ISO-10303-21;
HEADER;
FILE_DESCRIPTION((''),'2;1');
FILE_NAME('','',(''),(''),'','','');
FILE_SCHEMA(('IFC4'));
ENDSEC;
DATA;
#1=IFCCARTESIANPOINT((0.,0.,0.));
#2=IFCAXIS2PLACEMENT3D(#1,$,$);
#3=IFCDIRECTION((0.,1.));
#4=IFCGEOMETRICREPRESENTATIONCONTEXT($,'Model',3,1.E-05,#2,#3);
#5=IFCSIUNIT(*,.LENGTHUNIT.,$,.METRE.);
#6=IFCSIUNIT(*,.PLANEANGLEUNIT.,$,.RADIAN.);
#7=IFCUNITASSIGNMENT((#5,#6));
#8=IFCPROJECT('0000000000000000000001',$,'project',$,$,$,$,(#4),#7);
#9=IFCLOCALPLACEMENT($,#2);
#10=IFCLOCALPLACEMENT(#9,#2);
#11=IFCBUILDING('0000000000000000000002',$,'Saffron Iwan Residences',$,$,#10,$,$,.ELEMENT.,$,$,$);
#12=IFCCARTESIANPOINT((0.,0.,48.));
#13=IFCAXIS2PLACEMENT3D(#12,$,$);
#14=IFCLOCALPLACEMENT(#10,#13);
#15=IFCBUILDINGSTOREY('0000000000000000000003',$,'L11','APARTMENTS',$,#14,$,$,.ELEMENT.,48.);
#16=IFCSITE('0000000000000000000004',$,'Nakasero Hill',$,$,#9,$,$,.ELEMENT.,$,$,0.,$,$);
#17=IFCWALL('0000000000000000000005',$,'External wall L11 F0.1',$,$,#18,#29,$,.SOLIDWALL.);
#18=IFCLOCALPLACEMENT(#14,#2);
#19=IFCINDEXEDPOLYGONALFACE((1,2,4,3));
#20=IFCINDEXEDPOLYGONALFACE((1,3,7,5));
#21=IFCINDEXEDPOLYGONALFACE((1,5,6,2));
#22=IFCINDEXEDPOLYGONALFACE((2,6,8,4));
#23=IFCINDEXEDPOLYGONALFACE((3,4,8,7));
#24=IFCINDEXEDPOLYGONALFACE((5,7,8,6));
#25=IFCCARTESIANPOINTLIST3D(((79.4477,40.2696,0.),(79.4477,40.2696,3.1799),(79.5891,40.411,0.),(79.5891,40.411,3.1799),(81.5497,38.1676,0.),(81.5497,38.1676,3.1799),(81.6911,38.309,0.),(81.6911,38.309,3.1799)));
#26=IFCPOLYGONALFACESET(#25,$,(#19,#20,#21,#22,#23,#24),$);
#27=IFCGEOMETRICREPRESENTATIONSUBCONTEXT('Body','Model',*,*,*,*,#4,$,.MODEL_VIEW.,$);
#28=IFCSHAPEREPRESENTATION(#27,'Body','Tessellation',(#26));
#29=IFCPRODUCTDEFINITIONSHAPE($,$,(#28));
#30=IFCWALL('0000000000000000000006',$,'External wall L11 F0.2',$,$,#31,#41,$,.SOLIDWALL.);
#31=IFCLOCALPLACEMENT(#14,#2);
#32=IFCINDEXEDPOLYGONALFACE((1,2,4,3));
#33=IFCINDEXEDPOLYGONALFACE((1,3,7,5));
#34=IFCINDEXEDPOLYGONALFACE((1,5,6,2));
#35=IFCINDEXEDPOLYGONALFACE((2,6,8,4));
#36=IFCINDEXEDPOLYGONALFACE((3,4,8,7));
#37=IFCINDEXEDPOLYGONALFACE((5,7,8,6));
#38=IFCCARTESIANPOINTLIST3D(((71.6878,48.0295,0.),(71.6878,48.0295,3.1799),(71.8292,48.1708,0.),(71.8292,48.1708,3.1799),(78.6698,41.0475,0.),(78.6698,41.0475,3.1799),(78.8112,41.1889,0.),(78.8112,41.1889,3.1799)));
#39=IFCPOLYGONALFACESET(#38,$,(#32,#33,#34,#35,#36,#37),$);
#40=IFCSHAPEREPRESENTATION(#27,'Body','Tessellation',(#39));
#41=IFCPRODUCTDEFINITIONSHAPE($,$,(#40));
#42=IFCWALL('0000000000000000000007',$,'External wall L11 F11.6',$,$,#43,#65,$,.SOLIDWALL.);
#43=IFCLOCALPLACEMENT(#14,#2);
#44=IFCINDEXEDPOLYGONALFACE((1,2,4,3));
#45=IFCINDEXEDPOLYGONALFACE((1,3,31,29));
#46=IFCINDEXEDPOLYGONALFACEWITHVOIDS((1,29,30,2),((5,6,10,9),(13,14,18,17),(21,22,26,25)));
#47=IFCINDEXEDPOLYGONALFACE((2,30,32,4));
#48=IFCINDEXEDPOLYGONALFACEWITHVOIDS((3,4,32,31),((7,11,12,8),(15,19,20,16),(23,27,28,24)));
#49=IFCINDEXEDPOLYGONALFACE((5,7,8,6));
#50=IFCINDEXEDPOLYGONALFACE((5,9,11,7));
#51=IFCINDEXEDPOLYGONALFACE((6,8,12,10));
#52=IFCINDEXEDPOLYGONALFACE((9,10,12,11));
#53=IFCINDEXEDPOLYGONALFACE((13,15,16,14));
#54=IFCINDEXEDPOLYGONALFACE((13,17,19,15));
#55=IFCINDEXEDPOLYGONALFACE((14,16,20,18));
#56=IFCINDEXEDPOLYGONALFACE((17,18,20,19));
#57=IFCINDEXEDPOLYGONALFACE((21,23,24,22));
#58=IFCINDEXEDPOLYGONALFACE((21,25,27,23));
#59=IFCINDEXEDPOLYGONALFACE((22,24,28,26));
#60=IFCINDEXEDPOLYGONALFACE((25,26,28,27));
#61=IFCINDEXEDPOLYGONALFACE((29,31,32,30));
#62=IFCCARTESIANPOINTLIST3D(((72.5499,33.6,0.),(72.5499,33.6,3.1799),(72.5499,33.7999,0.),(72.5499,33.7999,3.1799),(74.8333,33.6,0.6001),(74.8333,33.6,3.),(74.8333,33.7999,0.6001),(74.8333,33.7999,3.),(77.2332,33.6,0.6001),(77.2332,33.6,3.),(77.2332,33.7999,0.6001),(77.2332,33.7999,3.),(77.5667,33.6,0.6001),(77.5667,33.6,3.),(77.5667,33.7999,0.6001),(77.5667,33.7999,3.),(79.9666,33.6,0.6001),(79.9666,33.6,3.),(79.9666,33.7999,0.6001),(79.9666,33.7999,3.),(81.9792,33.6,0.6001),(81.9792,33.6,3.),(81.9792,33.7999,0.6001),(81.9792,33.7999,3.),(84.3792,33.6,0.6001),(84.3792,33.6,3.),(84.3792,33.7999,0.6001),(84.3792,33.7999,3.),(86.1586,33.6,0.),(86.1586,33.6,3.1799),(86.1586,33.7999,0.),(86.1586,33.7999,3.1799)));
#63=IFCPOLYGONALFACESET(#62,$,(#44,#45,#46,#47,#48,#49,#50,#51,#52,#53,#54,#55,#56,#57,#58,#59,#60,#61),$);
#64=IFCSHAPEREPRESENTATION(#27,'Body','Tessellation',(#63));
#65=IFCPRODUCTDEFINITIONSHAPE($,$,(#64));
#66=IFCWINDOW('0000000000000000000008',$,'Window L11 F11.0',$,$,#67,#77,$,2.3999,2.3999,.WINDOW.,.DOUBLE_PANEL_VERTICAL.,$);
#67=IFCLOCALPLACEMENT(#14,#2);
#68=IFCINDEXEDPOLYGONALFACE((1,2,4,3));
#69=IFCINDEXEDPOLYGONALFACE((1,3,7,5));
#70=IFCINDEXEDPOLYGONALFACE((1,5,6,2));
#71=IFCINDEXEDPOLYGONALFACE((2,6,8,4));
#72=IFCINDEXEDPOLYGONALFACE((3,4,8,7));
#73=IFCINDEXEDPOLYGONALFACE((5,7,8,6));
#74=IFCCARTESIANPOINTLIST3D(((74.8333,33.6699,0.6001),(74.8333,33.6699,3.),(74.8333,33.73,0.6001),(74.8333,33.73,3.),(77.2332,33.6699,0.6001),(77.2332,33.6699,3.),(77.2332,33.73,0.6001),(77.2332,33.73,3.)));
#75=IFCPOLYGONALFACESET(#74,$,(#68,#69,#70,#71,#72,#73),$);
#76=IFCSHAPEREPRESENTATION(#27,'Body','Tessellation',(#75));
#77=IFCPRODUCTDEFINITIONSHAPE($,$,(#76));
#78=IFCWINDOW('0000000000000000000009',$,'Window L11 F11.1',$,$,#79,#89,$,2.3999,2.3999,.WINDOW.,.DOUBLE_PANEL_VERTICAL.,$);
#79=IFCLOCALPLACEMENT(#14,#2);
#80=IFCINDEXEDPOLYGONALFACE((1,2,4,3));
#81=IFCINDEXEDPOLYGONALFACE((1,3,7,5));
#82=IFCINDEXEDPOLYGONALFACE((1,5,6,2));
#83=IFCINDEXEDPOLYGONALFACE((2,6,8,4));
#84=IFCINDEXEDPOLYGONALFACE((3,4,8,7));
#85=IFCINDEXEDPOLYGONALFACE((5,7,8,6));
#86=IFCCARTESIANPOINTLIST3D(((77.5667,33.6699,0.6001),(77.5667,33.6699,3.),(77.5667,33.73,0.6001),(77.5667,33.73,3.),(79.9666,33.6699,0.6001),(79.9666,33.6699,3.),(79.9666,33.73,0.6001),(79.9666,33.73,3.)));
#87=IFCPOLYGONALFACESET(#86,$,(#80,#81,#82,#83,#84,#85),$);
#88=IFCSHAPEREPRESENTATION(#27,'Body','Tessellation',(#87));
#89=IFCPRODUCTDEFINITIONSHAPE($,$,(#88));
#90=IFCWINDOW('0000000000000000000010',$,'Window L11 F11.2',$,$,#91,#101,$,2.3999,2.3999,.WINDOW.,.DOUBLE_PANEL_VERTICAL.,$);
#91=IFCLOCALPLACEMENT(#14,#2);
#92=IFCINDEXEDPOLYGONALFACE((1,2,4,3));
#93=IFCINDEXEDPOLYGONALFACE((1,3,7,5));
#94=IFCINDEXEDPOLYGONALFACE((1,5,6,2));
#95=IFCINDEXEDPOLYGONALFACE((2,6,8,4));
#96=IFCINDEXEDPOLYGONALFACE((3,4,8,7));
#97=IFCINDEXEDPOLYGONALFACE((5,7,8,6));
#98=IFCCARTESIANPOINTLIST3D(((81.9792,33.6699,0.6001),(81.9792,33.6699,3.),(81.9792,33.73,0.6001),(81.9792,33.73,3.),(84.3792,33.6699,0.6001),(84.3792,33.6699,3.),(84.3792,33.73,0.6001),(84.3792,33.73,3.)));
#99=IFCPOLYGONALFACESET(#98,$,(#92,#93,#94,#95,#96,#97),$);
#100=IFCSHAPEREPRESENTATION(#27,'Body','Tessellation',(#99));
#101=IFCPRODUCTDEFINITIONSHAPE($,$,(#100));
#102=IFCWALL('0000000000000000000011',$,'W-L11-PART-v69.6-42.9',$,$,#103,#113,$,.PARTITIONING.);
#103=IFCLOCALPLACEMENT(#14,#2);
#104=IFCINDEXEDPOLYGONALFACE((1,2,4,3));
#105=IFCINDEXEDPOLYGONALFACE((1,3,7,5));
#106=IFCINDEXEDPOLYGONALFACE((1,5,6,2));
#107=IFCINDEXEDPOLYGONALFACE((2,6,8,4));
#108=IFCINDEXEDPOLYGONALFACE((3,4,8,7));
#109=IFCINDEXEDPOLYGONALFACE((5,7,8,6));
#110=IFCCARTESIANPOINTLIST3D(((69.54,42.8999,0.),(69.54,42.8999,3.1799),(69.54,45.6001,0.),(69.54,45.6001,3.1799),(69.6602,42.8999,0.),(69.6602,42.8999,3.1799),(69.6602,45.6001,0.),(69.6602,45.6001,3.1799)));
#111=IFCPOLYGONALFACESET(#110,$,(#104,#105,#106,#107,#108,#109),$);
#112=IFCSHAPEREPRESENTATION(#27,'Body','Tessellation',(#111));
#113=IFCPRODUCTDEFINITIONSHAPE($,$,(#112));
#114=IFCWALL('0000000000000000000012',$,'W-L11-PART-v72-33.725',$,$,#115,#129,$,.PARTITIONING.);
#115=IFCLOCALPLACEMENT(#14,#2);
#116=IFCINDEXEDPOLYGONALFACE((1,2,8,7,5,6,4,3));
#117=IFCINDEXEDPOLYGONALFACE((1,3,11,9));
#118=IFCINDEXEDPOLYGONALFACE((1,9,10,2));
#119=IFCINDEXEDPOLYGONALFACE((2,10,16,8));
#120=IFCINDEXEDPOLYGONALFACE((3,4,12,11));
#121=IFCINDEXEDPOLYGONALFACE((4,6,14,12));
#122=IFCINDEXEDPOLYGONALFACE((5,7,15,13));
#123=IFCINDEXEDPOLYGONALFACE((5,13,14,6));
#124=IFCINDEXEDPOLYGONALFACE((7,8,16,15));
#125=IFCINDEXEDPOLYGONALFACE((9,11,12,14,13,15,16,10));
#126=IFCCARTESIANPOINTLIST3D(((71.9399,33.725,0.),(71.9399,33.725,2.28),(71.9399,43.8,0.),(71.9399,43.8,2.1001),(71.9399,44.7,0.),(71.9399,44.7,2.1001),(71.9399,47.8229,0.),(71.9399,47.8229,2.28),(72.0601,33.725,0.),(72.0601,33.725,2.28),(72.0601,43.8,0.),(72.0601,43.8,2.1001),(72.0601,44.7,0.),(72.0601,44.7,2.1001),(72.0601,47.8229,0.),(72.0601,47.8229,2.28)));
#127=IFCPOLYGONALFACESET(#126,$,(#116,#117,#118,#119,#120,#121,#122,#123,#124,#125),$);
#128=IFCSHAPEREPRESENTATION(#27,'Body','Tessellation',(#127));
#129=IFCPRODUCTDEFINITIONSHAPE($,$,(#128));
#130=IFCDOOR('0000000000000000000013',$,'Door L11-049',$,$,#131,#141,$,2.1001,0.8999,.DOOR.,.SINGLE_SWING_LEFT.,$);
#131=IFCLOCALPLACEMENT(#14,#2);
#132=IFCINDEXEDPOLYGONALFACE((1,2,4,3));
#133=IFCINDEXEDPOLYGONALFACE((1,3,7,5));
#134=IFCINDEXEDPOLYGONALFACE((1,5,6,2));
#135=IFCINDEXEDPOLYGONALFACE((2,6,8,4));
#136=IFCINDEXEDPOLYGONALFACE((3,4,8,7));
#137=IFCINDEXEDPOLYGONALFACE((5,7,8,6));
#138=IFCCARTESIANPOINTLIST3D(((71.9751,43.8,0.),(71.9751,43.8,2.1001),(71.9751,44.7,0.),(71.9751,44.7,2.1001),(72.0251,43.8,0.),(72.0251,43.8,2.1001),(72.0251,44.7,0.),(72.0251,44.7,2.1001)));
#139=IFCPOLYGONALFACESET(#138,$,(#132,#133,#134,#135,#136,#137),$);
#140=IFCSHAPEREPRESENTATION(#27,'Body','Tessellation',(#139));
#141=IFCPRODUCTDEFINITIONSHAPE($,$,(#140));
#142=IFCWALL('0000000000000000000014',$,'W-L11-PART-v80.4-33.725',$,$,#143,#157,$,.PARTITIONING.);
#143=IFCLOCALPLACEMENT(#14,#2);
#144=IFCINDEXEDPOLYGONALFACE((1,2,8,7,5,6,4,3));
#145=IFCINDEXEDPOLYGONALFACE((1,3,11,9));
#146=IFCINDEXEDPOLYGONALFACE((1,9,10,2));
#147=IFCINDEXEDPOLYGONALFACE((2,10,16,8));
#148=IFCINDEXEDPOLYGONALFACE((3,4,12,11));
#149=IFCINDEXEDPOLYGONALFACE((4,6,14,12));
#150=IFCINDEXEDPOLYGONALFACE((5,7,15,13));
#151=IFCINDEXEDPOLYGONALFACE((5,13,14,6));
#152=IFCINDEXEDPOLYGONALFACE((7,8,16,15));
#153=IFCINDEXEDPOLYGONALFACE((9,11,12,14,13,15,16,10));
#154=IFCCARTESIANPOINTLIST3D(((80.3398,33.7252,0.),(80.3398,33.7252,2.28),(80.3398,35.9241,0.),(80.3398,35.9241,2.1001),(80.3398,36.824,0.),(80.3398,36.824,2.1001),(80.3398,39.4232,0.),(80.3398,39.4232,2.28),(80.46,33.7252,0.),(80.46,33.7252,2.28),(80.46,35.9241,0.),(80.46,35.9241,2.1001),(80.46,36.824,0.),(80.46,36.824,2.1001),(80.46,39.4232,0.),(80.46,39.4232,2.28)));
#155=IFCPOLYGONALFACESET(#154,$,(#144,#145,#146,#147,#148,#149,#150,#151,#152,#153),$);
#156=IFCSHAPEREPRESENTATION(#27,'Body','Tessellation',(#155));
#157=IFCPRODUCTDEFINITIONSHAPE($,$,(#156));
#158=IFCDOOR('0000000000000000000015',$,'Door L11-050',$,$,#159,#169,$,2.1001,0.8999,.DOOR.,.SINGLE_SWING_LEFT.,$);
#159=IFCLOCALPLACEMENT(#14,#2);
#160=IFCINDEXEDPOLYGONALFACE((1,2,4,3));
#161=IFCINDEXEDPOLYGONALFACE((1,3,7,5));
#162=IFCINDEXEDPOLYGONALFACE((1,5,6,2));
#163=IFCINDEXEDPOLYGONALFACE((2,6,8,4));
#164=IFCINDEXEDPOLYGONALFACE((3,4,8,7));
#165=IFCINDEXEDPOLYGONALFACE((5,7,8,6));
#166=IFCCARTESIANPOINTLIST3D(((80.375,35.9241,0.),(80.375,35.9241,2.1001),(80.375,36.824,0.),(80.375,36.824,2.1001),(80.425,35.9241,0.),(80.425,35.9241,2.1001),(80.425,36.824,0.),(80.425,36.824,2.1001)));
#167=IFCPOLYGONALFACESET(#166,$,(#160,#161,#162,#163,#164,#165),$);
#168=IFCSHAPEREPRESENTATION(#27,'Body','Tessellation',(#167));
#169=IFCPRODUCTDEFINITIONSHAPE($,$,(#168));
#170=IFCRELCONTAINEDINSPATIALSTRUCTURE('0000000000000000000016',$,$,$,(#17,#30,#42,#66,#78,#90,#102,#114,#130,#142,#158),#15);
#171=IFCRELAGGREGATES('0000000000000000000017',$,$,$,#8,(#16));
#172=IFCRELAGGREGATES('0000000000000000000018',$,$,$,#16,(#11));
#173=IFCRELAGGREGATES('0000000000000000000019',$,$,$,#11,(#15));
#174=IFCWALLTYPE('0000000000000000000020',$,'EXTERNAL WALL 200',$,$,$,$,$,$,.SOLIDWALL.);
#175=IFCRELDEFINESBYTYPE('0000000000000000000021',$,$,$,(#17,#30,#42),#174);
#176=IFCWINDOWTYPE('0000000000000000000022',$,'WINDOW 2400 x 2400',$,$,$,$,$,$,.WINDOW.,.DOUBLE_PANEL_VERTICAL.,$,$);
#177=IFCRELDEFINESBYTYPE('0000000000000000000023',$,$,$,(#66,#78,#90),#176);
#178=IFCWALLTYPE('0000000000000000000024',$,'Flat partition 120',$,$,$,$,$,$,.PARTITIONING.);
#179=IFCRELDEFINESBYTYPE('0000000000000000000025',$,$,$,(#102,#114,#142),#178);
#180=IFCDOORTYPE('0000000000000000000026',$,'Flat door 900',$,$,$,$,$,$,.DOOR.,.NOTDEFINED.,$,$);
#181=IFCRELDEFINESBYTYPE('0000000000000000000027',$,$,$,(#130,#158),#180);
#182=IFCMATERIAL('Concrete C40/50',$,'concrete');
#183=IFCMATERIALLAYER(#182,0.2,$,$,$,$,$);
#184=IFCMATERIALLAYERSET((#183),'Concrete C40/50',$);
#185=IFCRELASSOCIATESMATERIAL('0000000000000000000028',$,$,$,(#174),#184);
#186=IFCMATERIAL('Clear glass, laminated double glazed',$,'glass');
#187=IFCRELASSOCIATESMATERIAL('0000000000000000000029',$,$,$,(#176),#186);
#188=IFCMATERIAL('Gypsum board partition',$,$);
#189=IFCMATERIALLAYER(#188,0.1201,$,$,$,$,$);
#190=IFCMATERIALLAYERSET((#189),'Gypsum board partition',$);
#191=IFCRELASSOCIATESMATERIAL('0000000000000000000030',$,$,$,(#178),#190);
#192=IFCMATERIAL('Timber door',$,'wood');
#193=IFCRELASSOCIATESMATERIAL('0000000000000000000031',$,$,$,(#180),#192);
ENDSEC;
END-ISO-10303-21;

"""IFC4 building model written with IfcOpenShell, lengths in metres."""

from ifc_helpers import new_model, si_unit, direction, frame, frame_2d, origin, place, context, subcontext, project, spatial, rectangle, extrude, material, layer, layer_set, type_object, element, fill, save


model = new_model("IFC4")

# Units and contexts
model_context = context("Model", 3, precision=1e-05, world=origin(), true_north=direction((0.0, 1.0)))
body_context = subcontext(model_context, "Body", "Model", "MODEL_VIEW")
ifc_project = project(units=[si_unit("LENGTHUNIT", "METRE"), si_unit("PLANEANGLEUNIT", "RADIAN")], contexts=[model_context])

# Site, building, storey
site_placement = place(None, origin())
site = spatial("IfcSite", under=ifc_project, at=site_placement, Name="Nakasero Hill", CompositionType="ELEMENT", RefElevation=0.0)
building_placement = place(site_placement, origin())
building = spatial("IfcBuilding", under=site, at=building_placement, Name="Saffron Iwan Residences", CompositionType="ELEMENT")
storey_placement = place(building_placement, frame((0.0, 0.0, 48.0)))
storey = spatial("IfcBuildingStorey", under=building, at=storey_placement, Name="L11", Description="APARTMENTS", CompositionType="ELEMENT", Elevation=48.0)

# Walls
ifc_material_1 = material(Name="Concrete C40/50", Category="concrete")
ifc_layer_1 = layer(ifc_material_1, 0.2)
ifc_layer_set_1 = layer_set([ifc_layer_1], Name="Concrete C40/50")
wall_type_1 = type_object("IfcWallType", Name="EXTERNAL WALL 200", PredefinedType="SOLIDWALL", material=ifc_layer_set_1)
wall_1_placement = place(storey_placement, frame((81.6204, 38.2383, 0.0), z_axis=(0.0, 0.0, 1.0), x_axis=(-0.707107, 0.707107, 0.0)))
element("IfcWall", 1, at=wall_1_placement, inside=storey, type_object=wall_type_1, Name="External wall L11 F0.1", PredefinedType="SOLIDWALL", context=body_context, shape_type="SweptSolid", body=[
    extrude(rectangle(XDim=2.9727, YDim=0.2, at=frame_2d((1.4863, 0.0))), origin(), (0.0, 0.0, 1.0), 3.1799),
])
wall_2_placement = place(storey_placement, frame((78.7405, 41.1182, 0.0), z_axis=(0.0, 0.0, 1.0), x_axis=(-0.707107, 0.707107, 0.0)))
element("IfcWall", 2, at=wall_2_placement, inside=storey, type_object=wall_type_1, Name="External wall L11 F0.2", PredefinedType="SOLIDWALL", context=body_context, shape_type="SweptSolid", body=[
    extrude(rectangle(XDim=9.874, YDim=0.2, at=frame_2d((4.937, 0.0))), origin(), (0.0, 0.0, 1.0), 3.1799),
])

# Wall, openings, windows
wall_3_placement = place(storey_placement, frame((72.55, 33.7, 0.0), z_axis=(0.0, 0.0, 1.0), x_axis=(1.0, 0.0, 0.0)))
wall_3 = element("IfcWall", 3, at=wall_3_placement, inside=storey, type_object=wall_type_1, Name="External wall L11 F11.6", PredefinedType="SOLIDWALL", context=body_context, shape_type="SweptSolid", body=[
    extrude(rectangle(XDim=13.6086, YDim=0.2, at=frame_2d((6.8042, 0.0))), origin(), (0.0, 0.0, 1.0), 3.1799),
])
opening_1_placement = place(wall_3_placement, frame((2.2832, 0.0, 0.6001)))
opening_1 = element("IfcOpeningElement", 4, at=opening_1_placement, cuts=wall_3, PredefinedType="OPENING", context=body_context, shape_type="SweptSolid", body=[
    extrude(rectangle(XDim=2.3999, YDim=2.3999, at=frame_2d((1.2, 1.2))), frame((0.0, 0.1099, 0.0), z_axis=(0.0, -1.0, 0.0), x_axis=(1.0, 0.0, 0.0)), (0.0, 0.0, 1.0), 0.22),
])
opening_2_placement = place(wall_3_placement, frame((5.0166, 0.0, 0.6001)))
opening_2 = element("IfcOpeningElement", 5, at=opening_2_placement, cuts=wall_3, PredefinedType="OPENING", context=body_context, shape_type="SweptSolid", body=[
    extrude(rectangle(XDim=2.3999, YDim=2.3999, at=frame_2d((1.2, 1.2))), frame((0.0, 0.1099, 0.0), z_axis=(0.0, -1.0, 0.0), x_axis=(1.0, 0.0, 0.0)), (0.0, 0.0, 1.0), 0.22),
])
opening_3_placement = place(wall_3_placement, frame((9.4292, 0.0, 0.6001)))
opening_3 = element("IfcOpeningElement", 6, at=opening_3_placement, cuts=wall_3, PredefinedType="OPENING", context=body_context, shape_type="SweptSolid", body=[
    extrude(rectangle(XDim=2.3999, YDim=2.3999, at=frame_2d((1.2, 1.2))), frame((0.0, 0.1099, 0.0), z_axis=(0.0, -1.0, 0.0), x_axis=(1.0, 0.0, 0.0)), (0.0, 0.0, 1.0), 0.22),
])
ifc_material_2 = material(Name="Clear glass, laminated double glazed", Category="glass")
window_type = type_object("IfcWindowType", Name="WINDOW 2400 x 2400", PartitioningType="DOUBLE_PANEL_VERTICAL", PredefinedType="WINDOW", material=ifc_material_2)
window_1_placement = place(opening_1_placement, origin())
window_1 = element("IfcWindow", 7, at=window_1_placement, inside=storey, type_object=window_type, Name="Window L11 F11.0", OverallHeight=2.3999, OverallWidth=2.3999, PartitioningType="DOUBLE_PANEL_VERTICAL", PredefinedType="WINDOW", context=body_context, shape_type="SweptSolid", body=[
    extrude(rectangle(XDim=2.3999, YDim=2.3999, at=frame_2d((1.2, 1.2))), frame((0.0, 0.03, 0.0), z_axis=(0.0, -1.0, 0.0), x_axis=(1.0, 0.0, 0.0)), (0.0, 0.0, 1.0), 0.0601),
])
fill(opening_1, window_1)
window_2_placement = place(opening_2_placement, origin())
window_2 = element("IfcWindow", 8, at=window_2_placement, inside=storey, type_object=window_type, Name="Window L11 F11.1", OverallHeight=2.3999, OverallWidth=2.3999, PartitioningType="DOUBLE_PANEL_VERTICAL", PredefinedType="WINDOW", context=body_context, shape_type="SweptSolid", body=[
    extrude(rectangle(XDim=2.3999, YDim=2.3999, at=frame_2d((1.2, 1.2))), frame((0.0, 0.03, 0.0), z_axis=(0.0, -1.0, 0.0), x_axis=(1.0, 0.0, 0.0)), (0.0, 0.0, 1.0), 0.0601),
])
fill(opening_2, window_2)
window_3_placement = place(opening_3_placement, origin())
window_3 = element("IfcWindow", 9, at=window_3_placement, inside=storey, type_object=window_type, Name="Window L11 F11.2", OverallHeight=2.3999, OverallWidth=2.3999, PartitioningType="DOUBLE_PANEL_VERTICAL", PredefinedType="WINDOW", context=body_context, shape_type="SweptSolid", body=[
    extrude(rectangle(XDim=2.3999, YDim=2.3999, at=frame_2d((1.2, 1.2))), frame((0.0, 0.03, 0.0), z_axis=(0.0, -1.0, 0.0), x_axis=(1.0, 0.0, 0.0)), (0.0, 0.0, 1.0), 0.0601),
])
fill(opening_3, window_3)

# Wall
ifc_material_3 = material(Name="Gypsum board partition")
ifc_layer_2 = layer(ifc_material_3, 0.1201)
ifc_layer_set_2 = layer_set([ifc_layer_2], Name="Gypsum board partition")
wall_type_2 = type_object("IfcWallType", Name="Flat partition 120", PredefinedType="PARTITIONING", material=ifc_layer_set_2)
wall_4_placement = place(storey_placement, frame((69.6001, 42.8999, 0.0), z_axis=(0.0, 0.0, 1.0), x_axis=(0.0, 1.0, 0.0)))
element("IfcWall", 10, at=wall_4_placement, inside=storey, type_object=wall_type_2, Name="W-L11-PART-v69.6-42.9", PredefinedType="PARTITIONING", context=body_context, shape_type="SweptSolid", body=[
    extrude(rectangle(XDim=2.7002, YDim=0.1201, at=frame_2d((1.3501, 0.0))), origin(), (0.0, 0.0, 1.0), 3.1799),
])

# Walls, openings, doors
wall_5_placement = place(storey_placement, frame((72.0, 33.7251, 0.0), z_axis=(0.0, 0.0, 1.0), x_axis=(0.0, 1.0, 0.0)))
wall_5 = element("IfcWall", 11, at=wall_5_placement, inside=storey, type_object=wall_type_2, Name="W-L11-PART-v72-33.725", PredefinedType="PARTITIONING", context=body_context, shape_type="SweptSolid", body=[
    extrude(rectangle(XDim=14.0979, YDim=0.1201, at=frame_2d((7.0488, 0.0))), origin(), (0.0, 0.0, 1.0), 2.28),
])
opening_4_placement = place(wall_5_placement, frame((10.075, 0.0, 0.0)))
opening_4 = element("IfcOpeningElement", 12, at=opening_4_placement, cuts=wall_5, PredefinedType="OPENING", context=body_context, shape_type="SweptSolid", body=[
    extrude(rectangle(XDim=0.8999, YDim=2.1001, at=frame_2d((0.45, 1.05))), frame((0.0, 0.0701, 0.0), z_axis=(0.0, -1.0, 0.0), x_axis=(1.0, 0.0, 0.0)), (0.0, 0.0, 1.0), 0.1401),
])
ifc_material_4 = material(Name="Timber door", Category="wood")
door_type = type_object("IfcDoorType", Name="Flat door 900", OperationType="NOTDEFINED", PredefinedType="DOOR", material=ifc_material_4)
door_1_placement = place(opening_4_placement, origin())
door_1 = element("IfcDoor", 13, at=door_1_placement, inside=storey, type_object=door_type, Name="Door L11-049", OperationType="SINGLE_SWING_LEFT", OverallHeight=2.1001, OverallWidth=0.8999, PredefinedType="DOOR", context=body_context, shape_type="SweptSolid", body=[
    extrude(rectangle(XDim=0.8999, YDim=2.1001, at=frame_2d((0.45, 1.05))), frame((0.0, 0.0249, 0.0), z_axis=(0.0, -1.0, 0.0), x_axis=(1.0, 0.0, 0.0)), (0.0, 0.0, 1.0), 0.05),
])
fill(opening_4, door_1)
wall_6_placement = place(storey_placement, frame((80.3999, 33.7251, 0.0), z_axis=(0.0, 0.0, 1.0), x_axis=(0.0, 1.0, 0.0)))
wall_6 = element("IfcWall", 14, at=wall_6_placement, inside=storey, type_object=wall_type_2, Name="W-L11-PART-v80.4-33.725", PredefinedType="PARTITIONING", context=body_context, shape_type="SweptSolid", body=[
    extrude(rectangle(XDim=5.698, YDim=0.1201, at=frame_2d((2.8491, 0.0))), origin(), (0.0, 0.0, 1.0), 2.28),
])
opening_5_placement = place(wall_6_placement, frame((2.199, 0.0, 0.0)))
opening_5 = element("IfcOpeningElement", 15, at=opening_5_placement, cuts=wall_6, PredefinedType="OPENING", context=body_context, shape_type="SweptSolid", body=[
    extrude(rectangle(XDim=0.8999, YDim=2.1001, at=frame_2d((0.45, 1.05))), frame((0.0, 0.0701, 0.0), z_axis=(0.0, -1.0, 0.0), x_axis=(1.0, 0.0, 0.0)), (0.0, 0.0, 1.0), 0.1401),
])
door_2_placement = place(opening_5_placement, origin())
door_2 = element("IfcDoor", 16, at=door_2_placement, inside=storey, type_object=door_type, Name="Door L11-050", OperationType="SINGLE_SWING_LEFT", OverallHeight=2.1001, OverallWidth=0.8999, PredefinedType="DOOR", context=body_context, shape_type="SweptSolid", body=[
    extrude(rectangle(XDim=0.8999, YDim=2.1001, at=frame_2d((0.45, 1.05))), frame((0.0, 0.0249, 0.0), z_axis=(0.0, -1.0, 0.0), x_axis=(1.0, 0.0, 0.0)), (0.0, 0.0, 1.0), 0.05),
])
fill(opening_5, door_2)

save(model, "model.ifc")
